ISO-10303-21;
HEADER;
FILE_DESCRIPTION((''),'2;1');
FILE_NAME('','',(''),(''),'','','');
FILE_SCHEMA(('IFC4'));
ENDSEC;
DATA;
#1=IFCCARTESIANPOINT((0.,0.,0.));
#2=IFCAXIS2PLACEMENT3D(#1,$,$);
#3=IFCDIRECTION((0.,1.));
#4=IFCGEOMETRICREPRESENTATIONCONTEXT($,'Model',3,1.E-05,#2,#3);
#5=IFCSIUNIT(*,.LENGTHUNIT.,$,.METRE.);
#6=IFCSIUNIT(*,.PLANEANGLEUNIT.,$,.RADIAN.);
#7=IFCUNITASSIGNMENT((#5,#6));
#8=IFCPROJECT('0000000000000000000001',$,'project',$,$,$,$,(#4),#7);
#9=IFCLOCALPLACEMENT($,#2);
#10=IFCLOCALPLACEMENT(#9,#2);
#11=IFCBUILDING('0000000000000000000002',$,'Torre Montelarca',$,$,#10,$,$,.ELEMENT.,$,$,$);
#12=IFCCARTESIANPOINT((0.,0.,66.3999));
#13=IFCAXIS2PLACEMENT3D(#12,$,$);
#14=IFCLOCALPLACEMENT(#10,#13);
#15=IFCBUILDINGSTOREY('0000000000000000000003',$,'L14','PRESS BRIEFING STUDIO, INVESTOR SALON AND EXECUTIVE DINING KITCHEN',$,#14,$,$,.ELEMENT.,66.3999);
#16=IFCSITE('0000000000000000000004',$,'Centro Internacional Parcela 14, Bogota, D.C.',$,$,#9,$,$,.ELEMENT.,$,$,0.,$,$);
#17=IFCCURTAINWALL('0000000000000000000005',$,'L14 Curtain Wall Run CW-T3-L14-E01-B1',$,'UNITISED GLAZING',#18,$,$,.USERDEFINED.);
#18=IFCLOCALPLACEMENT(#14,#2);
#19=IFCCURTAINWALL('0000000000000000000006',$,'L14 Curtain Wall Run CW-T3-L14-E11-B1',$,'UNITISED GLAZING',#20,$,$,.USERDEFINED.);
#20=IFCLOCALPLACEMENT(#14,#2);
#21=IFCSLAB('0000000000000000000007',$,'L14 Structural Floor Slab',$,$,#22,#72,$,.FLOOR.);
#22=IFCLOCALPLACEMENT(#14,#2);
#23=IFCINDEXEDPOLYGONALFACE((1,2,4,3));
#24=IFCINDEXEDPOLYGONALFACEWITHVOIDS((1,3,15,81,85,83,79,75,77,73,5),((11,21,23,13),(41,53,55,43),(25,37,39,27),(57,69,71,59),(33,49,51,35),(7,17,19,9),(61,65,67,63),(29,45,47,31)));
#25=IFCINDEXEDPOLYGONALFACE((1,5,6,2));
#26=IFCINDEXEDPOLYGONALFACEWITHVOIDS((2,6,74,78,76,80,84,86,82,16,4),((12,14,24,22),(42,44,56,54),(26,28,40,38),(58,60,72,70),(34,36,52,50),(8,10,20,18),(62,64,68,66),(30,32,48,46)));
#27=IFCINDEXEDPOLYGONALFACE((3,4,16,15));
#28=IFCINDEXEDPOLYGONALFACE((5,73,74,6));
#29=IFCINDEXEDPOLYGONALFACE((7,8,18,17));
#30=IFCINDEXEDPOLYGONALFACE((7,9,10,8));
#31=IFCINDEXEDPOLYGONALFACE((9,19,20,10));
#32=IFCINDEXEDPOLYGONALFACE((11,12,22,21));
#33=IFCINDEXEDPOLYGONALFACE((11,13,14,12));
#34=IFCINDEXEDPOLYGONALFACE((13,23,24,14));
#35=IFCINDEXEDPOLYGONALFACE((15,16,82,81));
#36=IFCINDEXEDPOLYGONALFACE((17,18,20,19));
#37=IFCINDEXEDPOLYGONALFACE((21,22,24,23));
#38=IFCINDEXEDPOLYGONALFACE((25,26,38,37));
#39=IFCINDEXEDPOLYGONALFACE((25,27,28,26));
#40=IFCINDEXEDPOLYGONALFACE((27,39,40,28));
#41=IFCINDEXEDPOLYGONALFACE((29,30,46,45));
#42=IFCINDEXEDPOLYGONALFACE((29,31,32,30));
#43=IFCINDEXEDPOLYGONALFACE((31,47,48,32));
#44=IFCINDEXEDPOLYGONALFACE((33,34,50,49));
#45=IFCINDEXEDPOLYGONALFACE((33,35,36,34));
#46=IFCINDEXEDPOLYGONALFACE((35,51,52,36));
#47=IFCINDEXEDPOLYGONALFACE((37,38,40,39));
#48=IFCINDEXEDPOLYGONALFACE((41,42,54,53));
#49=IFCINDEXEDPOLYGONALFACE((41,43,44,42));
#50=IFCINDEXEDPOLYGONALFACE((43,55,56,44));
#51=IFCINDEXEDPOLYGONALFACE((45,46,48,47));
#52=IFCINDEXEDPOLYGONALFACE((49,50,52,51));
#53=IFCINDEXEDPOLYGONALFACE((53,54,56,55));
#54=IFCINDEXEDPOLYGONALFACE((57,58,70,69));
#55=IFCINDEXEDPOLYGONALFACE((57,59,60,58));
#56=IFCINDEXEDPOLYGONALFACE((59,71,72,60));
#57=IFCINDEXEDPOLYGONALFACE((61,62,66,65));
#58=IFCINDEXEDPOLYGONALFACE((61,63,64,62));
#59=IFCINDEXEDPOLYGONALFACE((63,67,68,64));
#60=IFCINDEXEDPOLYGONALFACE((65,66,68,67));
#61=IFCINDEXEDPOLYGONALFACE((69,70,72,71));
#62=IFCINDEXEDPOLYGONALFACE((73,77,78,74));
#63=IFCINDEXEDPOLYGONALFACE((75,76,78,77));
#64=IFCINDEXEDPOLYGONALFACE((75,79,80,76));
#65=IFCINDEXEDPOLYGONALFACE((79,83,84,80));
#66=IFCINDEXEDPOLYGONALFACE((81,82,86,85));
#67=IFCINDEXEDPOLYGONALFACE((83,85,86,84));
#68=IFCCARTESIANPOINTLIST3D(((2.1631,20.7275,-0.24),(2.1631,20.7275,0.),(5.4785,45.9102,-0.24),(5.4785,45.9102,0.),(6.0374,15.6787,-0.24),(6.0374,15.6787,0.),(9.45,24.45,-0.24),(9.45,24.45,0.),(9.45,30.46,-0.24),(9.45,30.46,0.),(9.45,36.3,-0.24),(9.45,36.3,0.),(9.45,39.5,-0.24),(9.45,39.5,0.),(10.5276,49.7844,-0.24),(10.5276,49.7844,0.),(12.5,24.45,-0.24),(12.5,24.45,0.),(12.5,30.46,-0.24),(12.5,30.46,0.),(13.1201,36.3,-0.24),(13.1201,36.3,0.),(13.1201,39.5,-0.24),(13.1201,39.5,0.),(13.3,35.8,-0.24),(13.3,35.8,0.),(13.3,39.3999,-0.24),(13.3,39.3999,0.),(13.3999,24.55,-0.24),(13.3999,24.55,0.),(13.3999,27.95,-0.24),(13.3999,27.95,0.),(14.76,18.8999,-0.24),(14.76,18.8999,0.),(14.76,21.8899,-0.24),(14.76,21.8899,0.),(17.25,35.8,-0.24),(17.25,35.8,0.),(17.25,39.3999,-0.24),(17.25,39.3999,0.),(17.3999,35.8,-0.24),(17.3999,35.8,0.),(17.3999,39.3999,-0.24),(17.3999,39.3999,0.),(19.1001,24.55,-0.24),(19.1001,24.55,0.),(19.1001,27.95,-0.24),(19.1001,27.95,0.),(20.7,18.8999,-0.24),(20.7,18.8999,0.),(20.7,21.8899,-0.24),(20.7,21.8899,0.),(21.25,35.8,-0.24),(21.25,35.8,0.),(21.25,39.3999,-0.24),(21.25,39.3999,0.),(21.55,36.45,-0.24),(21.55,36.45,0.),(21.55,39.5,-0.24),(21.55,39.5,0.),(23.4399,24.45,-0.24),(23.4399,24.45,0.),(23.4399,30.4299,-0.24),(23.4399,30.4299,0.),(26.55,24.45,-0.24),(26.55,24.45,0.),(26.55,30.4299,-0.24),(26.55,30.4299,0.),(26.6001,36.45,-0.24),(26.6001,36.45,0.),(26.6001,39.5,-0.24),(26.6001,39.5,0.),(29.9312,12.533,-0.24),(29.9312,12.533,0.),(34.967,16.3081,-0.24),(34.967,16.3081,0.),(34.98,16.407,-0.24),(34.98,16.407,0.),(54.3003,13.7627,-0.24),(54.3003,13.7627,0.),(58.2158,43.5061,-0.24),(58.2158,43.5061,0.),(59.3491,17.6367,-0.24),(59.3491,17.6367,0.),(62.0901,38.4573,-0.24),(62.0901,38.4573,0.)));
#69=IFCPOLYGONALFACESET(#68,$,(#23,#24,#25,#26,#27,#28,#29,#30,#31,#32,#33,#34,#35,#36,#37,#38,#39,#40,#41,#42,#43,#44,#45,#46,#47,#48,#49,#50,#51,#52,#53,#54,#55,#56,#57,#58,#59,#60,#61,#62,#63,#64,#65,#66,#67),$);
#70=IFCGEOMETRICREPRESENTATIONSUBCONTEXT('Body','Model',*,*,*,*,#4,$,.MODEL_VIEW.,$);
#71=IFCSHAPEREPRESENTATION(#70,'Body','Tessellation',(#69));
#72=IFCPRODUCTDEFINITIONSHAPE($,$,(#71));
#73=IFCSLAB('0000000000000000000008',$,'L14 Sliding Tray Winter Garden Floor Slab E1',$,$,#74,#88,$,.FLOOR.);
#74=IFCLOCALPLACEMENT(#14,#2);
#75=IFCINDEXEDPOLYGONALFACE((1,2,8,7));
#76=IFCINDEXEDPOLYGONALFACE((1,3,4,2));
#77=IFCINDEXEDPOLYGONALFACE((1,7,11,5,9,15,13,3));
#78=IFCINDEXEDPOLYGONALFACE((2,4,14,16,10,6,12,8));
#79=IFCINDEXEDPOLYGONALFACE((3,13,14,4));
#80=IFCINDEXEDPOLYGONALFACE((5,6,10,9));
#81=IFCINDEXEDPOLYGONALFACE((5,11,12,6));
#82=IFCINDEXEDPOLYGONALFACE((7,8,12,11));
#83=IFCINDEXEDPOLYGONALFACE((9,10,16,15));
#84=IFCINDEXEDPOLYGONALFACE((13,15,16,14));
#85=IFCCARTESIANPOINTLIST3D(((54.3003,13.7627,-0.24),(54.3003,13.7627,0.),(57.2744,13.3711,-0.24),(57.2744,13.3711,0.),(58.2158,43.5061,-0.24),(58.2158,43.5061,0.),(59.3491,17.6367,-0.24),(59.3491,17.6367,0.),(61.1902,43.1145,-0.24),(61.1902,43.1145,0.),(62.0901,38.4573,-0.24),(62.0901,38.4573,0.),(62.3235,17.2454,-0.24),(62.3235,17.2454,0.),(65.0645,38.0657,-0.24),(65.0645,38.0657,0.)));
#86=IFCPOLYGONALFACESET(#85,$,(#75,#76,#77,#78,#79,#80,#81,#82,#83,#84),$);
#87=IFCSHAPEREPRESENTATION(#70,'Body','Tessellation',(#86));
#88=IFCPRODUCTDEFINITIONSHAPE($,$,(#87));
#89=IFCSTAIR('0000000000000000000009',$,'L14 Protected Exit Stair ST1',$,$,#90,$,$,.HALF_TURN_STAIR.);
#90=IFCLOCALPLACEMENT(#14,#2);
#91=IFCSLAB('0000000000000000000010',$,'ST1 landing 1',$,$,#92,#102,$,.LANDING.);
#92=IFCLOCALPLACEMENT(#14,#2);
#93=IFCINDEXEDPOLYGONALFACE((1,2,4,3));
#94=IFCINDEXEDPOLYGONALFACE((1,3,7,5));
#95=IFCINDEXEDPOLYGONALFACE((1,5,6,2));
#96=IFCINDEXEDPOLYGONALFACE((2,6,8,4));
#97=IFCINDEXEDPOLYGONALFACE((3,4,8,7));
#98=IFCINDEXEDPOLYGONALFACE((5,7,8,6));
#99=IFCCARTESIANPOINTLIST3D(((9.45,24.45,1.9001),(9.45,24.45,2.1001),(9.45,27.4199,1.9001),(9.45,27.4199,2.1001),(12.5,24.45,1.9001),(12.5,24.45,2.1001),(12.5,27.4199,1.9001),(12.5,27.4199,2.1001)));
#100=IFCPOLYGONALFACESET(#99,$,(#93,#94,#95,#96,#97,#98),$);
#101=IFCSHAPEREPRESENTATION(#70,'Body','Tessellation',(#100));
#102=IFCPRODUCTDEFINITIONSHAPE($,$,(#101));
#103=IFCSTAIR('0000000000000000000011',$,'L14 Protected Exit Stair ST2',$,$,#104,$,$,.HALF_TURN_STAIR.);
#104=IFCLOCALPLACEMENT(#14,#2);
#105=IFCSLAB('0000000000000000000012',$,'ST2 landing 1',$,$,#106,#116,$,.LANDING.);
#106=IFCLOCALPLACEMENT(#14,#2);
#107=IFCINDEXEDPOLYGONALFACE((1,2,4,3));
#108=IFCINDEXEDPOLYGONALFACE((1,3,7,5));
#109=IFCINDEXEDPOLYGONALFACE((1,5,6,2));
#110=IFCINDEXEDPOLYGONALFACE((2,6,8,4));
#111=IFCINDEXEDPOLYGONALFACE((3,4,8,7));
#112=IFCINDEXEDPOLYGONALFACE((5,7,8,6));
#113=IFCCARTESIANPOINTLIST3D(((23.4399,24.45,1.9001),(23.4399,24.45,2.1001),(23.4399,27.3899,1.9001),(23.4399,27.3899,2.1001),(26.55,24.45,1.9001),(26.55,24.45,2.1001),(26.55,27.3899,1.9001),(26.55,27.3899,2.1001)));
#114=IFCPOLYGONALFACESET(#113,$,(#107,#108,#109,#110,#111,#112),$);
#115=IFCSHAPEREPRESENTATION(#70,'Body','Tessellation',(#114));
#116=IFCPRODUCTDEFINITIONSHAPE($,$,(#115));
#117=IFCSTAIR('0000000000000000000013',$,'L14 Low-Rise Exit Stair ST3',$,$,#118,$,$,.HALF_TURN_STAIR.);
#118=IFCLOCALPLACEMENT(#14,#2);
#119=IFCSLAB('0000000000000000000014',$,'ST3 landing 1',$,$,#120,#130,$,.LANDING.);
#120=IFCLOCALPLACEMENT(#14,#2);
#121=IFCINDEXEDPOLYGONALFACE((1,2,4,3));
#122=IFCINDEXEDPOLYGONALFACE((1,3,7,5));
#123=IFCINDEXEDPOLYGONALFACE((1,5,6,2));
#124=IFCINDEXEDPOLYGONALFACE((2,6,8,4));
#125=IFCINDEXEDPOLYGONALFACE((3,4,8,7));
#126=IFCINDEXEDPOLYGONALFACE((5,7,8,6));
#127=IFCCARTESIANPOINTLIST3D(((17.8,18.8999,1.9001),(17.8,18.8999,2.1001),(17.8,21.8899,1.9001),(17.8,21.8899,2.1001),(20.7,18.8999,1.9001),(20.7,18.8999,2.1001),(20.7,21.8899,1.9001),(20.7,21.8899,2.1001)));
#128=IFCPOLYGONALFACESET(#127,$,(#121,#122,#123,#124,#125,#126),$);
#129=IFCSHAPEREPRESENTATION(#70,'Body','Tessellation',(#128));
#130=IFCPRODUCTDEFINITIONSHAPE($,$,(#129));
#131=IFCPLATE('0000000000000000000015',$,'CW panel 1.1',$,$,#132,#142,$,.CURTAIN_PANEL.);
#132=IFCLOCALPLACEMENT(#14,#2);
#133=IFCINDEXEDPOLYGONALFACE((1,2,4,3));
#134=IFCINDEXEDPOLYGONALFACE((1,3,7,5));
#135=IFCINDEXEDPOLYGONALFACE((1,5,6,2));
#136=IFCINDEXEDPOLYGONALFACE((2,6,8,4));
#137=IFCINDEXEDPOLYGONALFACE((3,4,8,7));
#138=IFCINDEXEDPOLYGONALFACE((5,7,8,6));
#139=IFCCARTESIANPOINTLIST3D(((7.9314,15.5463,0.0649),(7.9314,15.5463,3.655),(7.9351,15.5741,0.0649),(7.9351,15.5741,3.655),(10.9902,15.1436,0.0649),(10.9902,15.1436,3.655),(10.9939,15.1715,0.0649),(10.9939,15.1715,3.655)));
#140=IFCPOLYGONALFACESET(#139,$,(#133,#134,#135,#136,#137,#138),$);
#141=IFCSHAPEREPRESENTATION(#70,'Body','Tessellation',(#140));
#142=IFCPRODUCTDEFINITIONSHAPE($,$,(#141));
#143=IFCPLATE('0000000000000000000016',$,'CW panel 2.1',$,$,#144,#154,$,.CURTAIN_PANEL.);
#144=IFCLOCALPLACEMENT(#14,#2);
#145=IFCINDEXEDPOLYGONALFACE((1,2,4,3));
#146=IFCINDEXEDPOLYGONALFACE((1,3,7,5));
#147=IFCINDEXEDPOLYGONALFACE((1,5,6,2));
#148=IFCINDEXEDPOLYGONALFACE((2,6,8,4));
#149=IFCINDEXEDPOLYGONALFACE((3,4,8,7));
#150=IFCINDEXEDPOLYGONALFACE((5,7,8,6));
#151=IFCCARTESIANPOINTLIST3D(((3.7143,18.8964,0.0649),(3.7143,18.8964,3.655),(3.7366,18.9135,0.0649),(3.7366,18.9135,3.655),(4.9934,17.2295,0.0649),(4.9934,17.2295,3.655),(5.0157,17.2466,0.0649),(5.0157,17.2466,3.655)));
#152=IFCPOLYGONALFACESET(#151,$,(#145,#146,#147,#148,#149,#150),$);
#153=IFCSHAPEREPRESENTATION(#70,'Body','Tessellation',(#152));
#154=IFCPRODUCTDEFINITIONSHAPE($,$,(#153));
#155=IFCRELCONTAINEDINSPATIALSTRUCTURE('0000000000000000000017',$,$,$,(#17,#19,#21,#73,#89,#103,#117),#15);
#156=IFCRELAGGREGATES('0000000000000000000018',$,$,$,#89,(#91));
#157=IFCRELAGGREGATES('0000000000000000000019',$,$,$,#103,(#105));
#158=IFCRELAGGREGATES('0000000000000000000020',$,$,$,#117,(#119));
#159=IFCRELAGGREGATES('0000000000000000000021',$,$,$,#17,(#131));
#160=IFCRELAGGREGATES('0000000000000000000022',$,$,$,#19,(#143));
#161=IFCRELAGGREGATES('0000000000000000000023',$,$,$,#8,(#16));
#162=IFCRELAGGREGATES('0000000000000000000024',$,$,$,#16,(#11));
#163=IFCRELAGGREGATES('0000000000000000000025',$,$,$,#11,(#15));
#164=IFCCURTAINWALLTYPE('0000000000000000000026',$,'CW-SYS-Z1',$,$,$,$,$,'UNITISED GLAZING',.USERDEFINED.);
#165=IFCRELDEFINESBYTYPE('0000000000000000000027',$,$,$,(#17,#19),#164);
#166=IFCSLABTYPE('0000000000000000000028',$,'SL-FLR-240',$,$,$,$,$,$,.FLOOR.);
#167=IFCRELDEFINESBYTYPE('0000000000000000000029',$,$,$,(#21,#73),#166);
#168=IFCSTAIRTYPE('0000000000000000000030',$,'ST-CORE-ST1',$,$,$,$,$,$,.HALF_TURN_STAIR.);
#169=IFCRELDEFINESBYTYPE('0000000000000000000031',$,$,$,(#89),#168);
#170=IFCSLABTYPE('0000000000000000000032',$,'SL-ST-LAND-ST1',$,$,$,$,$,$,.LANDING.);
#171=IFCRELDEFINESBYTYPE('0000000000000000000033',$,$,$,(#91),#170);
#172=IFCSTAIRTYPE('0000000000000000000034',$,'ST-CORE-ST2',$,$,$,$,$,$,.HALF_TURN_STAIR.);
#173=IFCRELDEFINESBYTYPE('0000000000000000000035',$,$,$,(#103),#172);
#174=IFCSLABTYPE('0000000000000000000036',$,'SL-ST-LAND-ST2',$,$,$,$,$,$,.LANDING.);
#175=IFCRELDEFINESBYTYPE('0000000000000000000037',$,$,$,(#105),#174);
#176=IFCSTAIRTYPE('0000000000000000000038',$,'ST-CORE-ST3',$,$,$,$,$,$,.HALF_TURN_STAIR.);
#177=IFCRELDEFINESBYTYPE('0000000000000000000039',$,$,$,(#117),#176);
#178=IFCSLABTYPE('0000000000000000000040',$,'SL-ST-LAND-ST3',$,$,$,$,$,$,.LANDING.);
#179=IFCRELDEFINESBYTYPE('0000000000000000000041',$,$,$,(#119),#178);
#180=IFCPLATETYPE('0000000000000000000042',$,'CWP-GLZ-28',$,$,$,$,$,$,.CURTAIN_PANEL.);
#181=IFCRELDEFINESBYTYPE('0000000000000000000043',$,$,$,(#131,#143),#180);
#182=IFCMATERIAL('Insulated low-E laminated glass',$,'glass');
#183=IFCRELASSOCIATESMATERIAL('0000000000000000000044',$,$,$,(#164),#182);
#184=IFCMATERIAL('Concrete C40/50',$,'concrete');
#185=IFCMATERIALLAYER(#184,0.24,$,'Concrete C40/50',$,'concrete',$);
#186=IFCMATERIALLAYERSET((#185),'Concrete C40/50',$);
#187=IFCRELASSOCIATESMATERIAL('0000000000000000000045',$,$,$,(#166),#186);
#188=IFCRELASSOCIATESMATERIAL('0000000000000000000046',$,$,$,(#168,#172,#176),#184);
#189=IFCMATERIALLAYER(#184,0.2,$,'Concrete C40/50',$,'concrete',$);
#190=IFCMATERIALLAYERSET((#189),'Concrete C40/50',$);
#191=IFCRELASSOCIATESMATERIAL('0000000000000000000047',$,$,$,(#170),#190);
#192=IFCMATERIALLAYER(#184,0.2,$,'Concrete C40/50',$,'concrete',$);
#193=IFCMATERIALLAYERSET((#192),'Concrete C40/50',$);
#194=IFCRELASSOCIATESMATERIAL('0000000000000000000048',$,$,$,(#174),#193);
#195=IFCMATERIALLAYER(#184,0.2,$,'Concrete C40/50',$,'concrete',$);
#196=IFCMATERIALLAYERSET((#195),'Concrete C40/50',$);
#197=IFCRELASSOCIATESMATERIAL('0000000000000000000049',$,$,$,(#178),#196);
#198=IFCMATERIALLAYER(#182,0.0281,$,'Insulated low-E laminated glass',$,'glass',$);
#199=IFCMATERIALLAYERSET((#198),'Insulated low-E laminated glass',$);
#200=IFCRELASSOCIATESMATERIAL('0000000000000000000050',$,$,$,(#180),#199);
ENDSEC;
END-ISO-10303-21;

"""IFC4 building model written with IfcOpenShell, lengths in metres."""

from ifc_helpers import new_model, si_unit, direction, frame, origin, origin_2d, place, context, subcontext, project, spatial, polyline, rectangle, outline, extrude, source, transform, mapped, material, layer, layer_set, type_object, element, aggregate, save


model = new_model("IFC4")

# Units and contexts
model_context = context("Model", 3, precision=1e-05, world=origin(), true_north=direction((0.0, 1.0)))
body_context = subcontext(model_context, "Body", "Model", "MODEL_VIEW")
ifc_project = project(units=[si_unit("LENGTHUNIT", "METRE"), si_unit("PLANEANGLEUNIT", "RADIAN")], contexts=[model_context])

# Site, building, storey
site_placement = place(None, origin())
site = spatial("IfcSite", under=ifc_project, at=site_placement, Name="Centro Internacional Parcela 14, Bogota, D.C.", CompositionType="ELEMENT", RefElevation=0.0)
building_placement = place(site_placement, origin())
building = spatial("IfcBuilding", under=site, at=building_placement, Name="Torre Montelarca", CompositionType="ELEMENT")
storey_placement = place(building_placement, frame((0.0, 0.0, 66.3999)))
storey = spatial("IfcBuildingStorey", under=building, at=storey_placement, Name="L14", Description="PRESS BRIEFING STUDIO, INVESTOR SALON AND EXECUTIVE DINING KITCHEN", CompositionType="ELEMENT", Elevation=66.3999)

# Curtain wall
ifc_material_1 = material(Name="Insulated low-E laminated glass", Category="glass")
curtain_wall_type = type_object("IfcCurtainWallType", Name="CW-SYS-Z1", ElementType="UNITISED GLAZING", PredefinedType="USERDEFINED", material=ifc_material_1)
curtain_wall_1_placement = place(storey_placement, origin())
curtain_wall_1 = element("IfcCurtainWall", 1, at=curtain_wall_1_placement, inside=storey, type_object=curtain_wall_type, Name="L14 Curtain Wall Run CW-T3-L14-E01-B1", ObjectType="UNITISED GLAZING", PredefinedType="USERDEFINED")

# Curtain wall
curtain_wall_2_placement = place(storey_placement, origin())
curtain_wall_2 = element("IfcCurtainWall", 2, at=curtain_wall_2_placement, inside=storey, type_object=curtain_wall_type, Name="L14 Curtain Wall Run CW-T3-L14-E11-B1", ObjectType="UNITISED GLAZING", PredefinedType="USERDEFINED")

# Slabs
ifc_material_2 = material(Name="Concrete C40/50", Category="concrete")
ifc_layer_1 = layer(ifc_material_2, 0.24, Name="Concrete C40/50", Category="concrete")
ifc_layer_set_1 = layer_set([ifc_layer_1], Name="Concrete C40/50")
slab_type_1 = type_object("IfcSlabType", Name="SL-FLR-240", PredefinedType="FLOOR", material=ifc_layer_set_1)
slab_1_placement = place(storey_placement, frame((0.0, 0.0, -0.24)))
element("IfcSlab", 3, at=slab_1_placement, inside=storey, type_object=slab_type_1, Name="L14 Structural Floor Slab", PredefinedType="FLOOR", context=body_context, shape_type="SweptSolid", body=[
    extrude(outline(polyline([(29.9312, 12.533), (34.98, 16.407), (34.967, 16.3081), (54.3003, 13.7627), (59.3491, 17.6367), (62.0901, 38.4573), (58.2158, 43.5061), (10.5276, 49.7844), (5.4785, 45.9102), (2.1631, 20.7275), (6.0374, 15.6787), (29.9312, 12.533)]), holes=[polyline([(20.7, 18.8999), (14.76, 18.8999), (14.76, 21.8899), (20.7, 21.8899), (20.7, 18.8999)]), polyline([(19.1001, 24.55), (13.3999, 24.55), (13.3999, 27.95), (19.1001, 27.95), (19.1001, 24.55)]), polyline([(23.4399, 24.45), (23.4399, 30.4299), (26.55, 30.4299), (26.55, 24.45), (23.4399, 24.45)]), polyline([(9.45, 24.45), (9.45, 30.46), (12.5, 30.46), (12.5, 24.45), (9.45, 24.45)]), polyline([(17.25, 35.8), (13.3, 35.8), (13.3, 39.3999), (17.25, 39.3999), (17.25, 35.8)]), polyline([(21.25, 35.8), (17.3999, 35.8), (17.3999, 39.3999), (21.25, 39.3999), (21.25, 35.8)]), polyline([(13.1201, 36.3), (9.45, 36.3), (9.45, 39.5), (13.1201, 39.5), (13.1201, 36.3)]), polyline([(26.6001, 36.45), (21.55, 36.45), (21.55, 39.5), (26.6001, 39.5), (26.6001, 36.45)])]), origin(), (0.0, 0.0, 1.0), 0.24),
])
slab_2_placement = place(storey_placement, frame((0.0, 0.0, -0.24)))
element("IfcSlab", 4, at=slab_2_placement, inside=storey, type_object=slab_type_1, Name="L14 Sliding Tray Winter Garden Floor Slab E1", PredefinedType="FLOOR", context=body_context, shape_type="SweptSolid", body=[
    extrude(outline(polyline([(58.2158, 43.5061), (62.0901, 38.4573), (59.3491, 17.6367), (54.3003, 13.7627), (57.2744, 13.3711), (62.3235, 17.2454), (65.0645, 38.0657), (61.1902, 43.1145), (58.2158, 43.5061)])), origin(), (0.0, 0.0, 1.0), 0.24),
])

# Stairs, slabs
stair_type_1 = type_object("IfcStairType", Name="ST-CORE-ST1", PredefinedType="HALF_TURN_STAIR", material=ifc_material_2)
stair_1_placement = place(storey_placement, origin())
stair_1 = element("IfcStair", 5, at=stair_1_placement, inside=storey, type_object=stair_type_1, Name="L14 Protected Exit Stair ST1", PredefinedType="HALF_TURN_STAIR")
ifc_layer_2 = layer(ifc_material_2, 0.2, Name="Concrete C40/50", Category="concrete")
ifc_layer_set_2 = layer_set([ifc_layer_2], Name="Concrete C40/50")
slab_type_2 = type_object("IfcSlabType", Name="SL-ST-LAND-ST1", PredefinedType="LANDING", material=ifc_layer_set_2)
slab_3_placement = place(storey_placement, frame((0.0, 0.0, 1.9001)))
slab_3 = element("IfcSlab", 6, at=slab_3_placement, type_object=slab_type_2, Name="ST1 landing 1", PredefinedType="LANDING", context=body_context, shape_type="SweptSolid", body=[
    extrude(outline(polyline([(9.45, 27.4199), (9.45, 24.45), (12.5, 24.45), (12.5, 27.4199), (9.45, 27.4199)])), origin(), (0.0, 0.0, 1.0), 0.2),
])
aggregate(stair_1, [slab_3])
stair_type_2 = type_object("IfcStairType", Name="ST-CORE-ST2", PredefinedType="HALF_TURN_STAIR", material=ifc_material_2)
stair_2_placement = place(storey_placement, origin())
stair_2 = element("IfcStair", 7, at=stair_2_placement, inside=storey, type_object=stair_type_2, Name="L14 Protected Exit Stair ST2", PredefinedType="HALF_TURN_STAIR")
ifc_layer_3 = layer(ifc_material_2, 0.2, Name="Concrete C40/50", Category="concrete")
ifc_layer_set_3 = layer_set([ifc_layer_3], Name="Concrete C40/50")
slab_type_3 = type_object("IfcSlabType", Name="SL-ST-LAND-ST2", PredefinedType="LANDING", material=ifc_layer_set_3)
slab_4_placement = place(storey_placement, frame((0.0, 0.0, 1.9001)))
slab_4 = element("IfcSlab", 8, at=slab_4_placement, type_object=slab_type_3, Name="ST2 landing 1", PredefinedType="LANDING", context=body_context, shape_type="SweptSolid", body=[
    extrude(outline(polyline([(23.4399, 27.3899), (23.4399, 24.45), (26.55, 24.45), (26.55, 27.3899), (23.4399, 27.3899)])), origin(), (0.0, 0.0, 1.0), 0.2),
])
aggregate(stair_2, [slab_4])
stair_type_3 = type_object("IfcStairType", Name="ST-CORE-ST3", PredefinedType="HALF_TURN_STAIR", material=ifc_material_2)
stair_3_placement = place(storey_placement, origin())
stair_3 = element("IfcStair", 9, at=stair_3_placement, inside=storey, type_object=stair_type_3, Name="L14 Low-Rise Exit Stair ST3", PredefinedType="HALF_TURN_STAIR")
ifc_layer_4 = layer(ifc_material_2, 0.2, Name="Concrete C40/50", Category="concrete")
ifc_layer_set_4 = layer_set([ifc_layer_4], Name="Concrete C40/50")
slab_type_4 = type_object("IfcSlabType", Name="SL-ST-LAND-ST3", PredefinedType="LANDING", material=ifc_layer_set_4)
slab_5_placement = place(storey_placement, frame((0.0, 0.0, 1.9001)))
slab_5 = element("IfcSlab", 10, at=slab_5_placement, type_object=slab_type_4, Name="ST3 landing 1", PredefinedType="LANDING", context=body_context, shape_type="SweptSolid", body=[
    extrude(outline(polyline([(17.8, 18.8999), (20.7, 18.8999), (20.7, 21.8899), (17.8, 21.8899), (17.8, 18.8999)])), origin(), (0.0, 0.0, 1.0), 0.2),
])
aggregate(stair_3, [slab_5])

# Plates
ifc_layer_5 = layer(ifc_material_1, 0.0281, Name="Insulated low-E laminated glass", Category="glass")
ifc_layer_set_5 = layer_set([ifc_layer_5], Name="Insulated low-E laminated glass")
plate_type = type_object("IfcPlateType", Name="CWP-GLZ-28", PredefinedType="CURTAIN_PANEL", material=ifc_layer_set_5)
shared_shape_1 = source(origin(), body_context, "Body", "SweptSolid", [
    extrude(rectangle(XDim=3.0852, YDim=0.0281, at=origin_2d()), origin(), (0.0, 0.0, 1.0), 3.5901),
])
plate_1_placement = place(storey_placement, frame((9.4626, 15.3589, 0.0649), z_axis=(0.0, 0.0, 1.0), x_axis=(0.991446, -0.130515, 0.0)))
plate_1 = element("IfcPlate", 11, at=plate_1_placement, type_object=plate_type, Name="CW panel 1.1", PredefinedType="CURTAIN_PANEL", context=body_context, shape_type="MappedRepresentation", body=[
    mapped(shared_shape_1, transform((0.0, 0.0, 0.0), scale=1.0)),
])
aggregate(curtain_wall_1, [plate_1])
shared_shape_2 = source(origin(), body_context, "Body", "SweptSolid", [
    extrude(rectangle(XDim=2.1011, YDim=0.0281, at=origin_2d()), origin(), (0.0, 0.0, 1.0), 3.5901),
])
plate_2_placement = place(storey_placement, frame((4.365, 18.0715, 0.0649), z_axis=(0.0, 0.0, 1.0), x_axis=(0.608759, -0.793356, 0.0)))
plate_2 = element("IfcPlate", 12, at=plate_2_placement, type_object=plate_type, Name="CW panel 2.1", PredefinedType="CURTAIN_PANEL", context=body_context, shape_type="MappedRepresentation", body=[
    mapped(shared_shape_2, transform((0.0, 0.0, 0.0), scale=1.0)),
])
aggregate(curtain_wall_2, [plate_2])

save(model, "model.ifc")
